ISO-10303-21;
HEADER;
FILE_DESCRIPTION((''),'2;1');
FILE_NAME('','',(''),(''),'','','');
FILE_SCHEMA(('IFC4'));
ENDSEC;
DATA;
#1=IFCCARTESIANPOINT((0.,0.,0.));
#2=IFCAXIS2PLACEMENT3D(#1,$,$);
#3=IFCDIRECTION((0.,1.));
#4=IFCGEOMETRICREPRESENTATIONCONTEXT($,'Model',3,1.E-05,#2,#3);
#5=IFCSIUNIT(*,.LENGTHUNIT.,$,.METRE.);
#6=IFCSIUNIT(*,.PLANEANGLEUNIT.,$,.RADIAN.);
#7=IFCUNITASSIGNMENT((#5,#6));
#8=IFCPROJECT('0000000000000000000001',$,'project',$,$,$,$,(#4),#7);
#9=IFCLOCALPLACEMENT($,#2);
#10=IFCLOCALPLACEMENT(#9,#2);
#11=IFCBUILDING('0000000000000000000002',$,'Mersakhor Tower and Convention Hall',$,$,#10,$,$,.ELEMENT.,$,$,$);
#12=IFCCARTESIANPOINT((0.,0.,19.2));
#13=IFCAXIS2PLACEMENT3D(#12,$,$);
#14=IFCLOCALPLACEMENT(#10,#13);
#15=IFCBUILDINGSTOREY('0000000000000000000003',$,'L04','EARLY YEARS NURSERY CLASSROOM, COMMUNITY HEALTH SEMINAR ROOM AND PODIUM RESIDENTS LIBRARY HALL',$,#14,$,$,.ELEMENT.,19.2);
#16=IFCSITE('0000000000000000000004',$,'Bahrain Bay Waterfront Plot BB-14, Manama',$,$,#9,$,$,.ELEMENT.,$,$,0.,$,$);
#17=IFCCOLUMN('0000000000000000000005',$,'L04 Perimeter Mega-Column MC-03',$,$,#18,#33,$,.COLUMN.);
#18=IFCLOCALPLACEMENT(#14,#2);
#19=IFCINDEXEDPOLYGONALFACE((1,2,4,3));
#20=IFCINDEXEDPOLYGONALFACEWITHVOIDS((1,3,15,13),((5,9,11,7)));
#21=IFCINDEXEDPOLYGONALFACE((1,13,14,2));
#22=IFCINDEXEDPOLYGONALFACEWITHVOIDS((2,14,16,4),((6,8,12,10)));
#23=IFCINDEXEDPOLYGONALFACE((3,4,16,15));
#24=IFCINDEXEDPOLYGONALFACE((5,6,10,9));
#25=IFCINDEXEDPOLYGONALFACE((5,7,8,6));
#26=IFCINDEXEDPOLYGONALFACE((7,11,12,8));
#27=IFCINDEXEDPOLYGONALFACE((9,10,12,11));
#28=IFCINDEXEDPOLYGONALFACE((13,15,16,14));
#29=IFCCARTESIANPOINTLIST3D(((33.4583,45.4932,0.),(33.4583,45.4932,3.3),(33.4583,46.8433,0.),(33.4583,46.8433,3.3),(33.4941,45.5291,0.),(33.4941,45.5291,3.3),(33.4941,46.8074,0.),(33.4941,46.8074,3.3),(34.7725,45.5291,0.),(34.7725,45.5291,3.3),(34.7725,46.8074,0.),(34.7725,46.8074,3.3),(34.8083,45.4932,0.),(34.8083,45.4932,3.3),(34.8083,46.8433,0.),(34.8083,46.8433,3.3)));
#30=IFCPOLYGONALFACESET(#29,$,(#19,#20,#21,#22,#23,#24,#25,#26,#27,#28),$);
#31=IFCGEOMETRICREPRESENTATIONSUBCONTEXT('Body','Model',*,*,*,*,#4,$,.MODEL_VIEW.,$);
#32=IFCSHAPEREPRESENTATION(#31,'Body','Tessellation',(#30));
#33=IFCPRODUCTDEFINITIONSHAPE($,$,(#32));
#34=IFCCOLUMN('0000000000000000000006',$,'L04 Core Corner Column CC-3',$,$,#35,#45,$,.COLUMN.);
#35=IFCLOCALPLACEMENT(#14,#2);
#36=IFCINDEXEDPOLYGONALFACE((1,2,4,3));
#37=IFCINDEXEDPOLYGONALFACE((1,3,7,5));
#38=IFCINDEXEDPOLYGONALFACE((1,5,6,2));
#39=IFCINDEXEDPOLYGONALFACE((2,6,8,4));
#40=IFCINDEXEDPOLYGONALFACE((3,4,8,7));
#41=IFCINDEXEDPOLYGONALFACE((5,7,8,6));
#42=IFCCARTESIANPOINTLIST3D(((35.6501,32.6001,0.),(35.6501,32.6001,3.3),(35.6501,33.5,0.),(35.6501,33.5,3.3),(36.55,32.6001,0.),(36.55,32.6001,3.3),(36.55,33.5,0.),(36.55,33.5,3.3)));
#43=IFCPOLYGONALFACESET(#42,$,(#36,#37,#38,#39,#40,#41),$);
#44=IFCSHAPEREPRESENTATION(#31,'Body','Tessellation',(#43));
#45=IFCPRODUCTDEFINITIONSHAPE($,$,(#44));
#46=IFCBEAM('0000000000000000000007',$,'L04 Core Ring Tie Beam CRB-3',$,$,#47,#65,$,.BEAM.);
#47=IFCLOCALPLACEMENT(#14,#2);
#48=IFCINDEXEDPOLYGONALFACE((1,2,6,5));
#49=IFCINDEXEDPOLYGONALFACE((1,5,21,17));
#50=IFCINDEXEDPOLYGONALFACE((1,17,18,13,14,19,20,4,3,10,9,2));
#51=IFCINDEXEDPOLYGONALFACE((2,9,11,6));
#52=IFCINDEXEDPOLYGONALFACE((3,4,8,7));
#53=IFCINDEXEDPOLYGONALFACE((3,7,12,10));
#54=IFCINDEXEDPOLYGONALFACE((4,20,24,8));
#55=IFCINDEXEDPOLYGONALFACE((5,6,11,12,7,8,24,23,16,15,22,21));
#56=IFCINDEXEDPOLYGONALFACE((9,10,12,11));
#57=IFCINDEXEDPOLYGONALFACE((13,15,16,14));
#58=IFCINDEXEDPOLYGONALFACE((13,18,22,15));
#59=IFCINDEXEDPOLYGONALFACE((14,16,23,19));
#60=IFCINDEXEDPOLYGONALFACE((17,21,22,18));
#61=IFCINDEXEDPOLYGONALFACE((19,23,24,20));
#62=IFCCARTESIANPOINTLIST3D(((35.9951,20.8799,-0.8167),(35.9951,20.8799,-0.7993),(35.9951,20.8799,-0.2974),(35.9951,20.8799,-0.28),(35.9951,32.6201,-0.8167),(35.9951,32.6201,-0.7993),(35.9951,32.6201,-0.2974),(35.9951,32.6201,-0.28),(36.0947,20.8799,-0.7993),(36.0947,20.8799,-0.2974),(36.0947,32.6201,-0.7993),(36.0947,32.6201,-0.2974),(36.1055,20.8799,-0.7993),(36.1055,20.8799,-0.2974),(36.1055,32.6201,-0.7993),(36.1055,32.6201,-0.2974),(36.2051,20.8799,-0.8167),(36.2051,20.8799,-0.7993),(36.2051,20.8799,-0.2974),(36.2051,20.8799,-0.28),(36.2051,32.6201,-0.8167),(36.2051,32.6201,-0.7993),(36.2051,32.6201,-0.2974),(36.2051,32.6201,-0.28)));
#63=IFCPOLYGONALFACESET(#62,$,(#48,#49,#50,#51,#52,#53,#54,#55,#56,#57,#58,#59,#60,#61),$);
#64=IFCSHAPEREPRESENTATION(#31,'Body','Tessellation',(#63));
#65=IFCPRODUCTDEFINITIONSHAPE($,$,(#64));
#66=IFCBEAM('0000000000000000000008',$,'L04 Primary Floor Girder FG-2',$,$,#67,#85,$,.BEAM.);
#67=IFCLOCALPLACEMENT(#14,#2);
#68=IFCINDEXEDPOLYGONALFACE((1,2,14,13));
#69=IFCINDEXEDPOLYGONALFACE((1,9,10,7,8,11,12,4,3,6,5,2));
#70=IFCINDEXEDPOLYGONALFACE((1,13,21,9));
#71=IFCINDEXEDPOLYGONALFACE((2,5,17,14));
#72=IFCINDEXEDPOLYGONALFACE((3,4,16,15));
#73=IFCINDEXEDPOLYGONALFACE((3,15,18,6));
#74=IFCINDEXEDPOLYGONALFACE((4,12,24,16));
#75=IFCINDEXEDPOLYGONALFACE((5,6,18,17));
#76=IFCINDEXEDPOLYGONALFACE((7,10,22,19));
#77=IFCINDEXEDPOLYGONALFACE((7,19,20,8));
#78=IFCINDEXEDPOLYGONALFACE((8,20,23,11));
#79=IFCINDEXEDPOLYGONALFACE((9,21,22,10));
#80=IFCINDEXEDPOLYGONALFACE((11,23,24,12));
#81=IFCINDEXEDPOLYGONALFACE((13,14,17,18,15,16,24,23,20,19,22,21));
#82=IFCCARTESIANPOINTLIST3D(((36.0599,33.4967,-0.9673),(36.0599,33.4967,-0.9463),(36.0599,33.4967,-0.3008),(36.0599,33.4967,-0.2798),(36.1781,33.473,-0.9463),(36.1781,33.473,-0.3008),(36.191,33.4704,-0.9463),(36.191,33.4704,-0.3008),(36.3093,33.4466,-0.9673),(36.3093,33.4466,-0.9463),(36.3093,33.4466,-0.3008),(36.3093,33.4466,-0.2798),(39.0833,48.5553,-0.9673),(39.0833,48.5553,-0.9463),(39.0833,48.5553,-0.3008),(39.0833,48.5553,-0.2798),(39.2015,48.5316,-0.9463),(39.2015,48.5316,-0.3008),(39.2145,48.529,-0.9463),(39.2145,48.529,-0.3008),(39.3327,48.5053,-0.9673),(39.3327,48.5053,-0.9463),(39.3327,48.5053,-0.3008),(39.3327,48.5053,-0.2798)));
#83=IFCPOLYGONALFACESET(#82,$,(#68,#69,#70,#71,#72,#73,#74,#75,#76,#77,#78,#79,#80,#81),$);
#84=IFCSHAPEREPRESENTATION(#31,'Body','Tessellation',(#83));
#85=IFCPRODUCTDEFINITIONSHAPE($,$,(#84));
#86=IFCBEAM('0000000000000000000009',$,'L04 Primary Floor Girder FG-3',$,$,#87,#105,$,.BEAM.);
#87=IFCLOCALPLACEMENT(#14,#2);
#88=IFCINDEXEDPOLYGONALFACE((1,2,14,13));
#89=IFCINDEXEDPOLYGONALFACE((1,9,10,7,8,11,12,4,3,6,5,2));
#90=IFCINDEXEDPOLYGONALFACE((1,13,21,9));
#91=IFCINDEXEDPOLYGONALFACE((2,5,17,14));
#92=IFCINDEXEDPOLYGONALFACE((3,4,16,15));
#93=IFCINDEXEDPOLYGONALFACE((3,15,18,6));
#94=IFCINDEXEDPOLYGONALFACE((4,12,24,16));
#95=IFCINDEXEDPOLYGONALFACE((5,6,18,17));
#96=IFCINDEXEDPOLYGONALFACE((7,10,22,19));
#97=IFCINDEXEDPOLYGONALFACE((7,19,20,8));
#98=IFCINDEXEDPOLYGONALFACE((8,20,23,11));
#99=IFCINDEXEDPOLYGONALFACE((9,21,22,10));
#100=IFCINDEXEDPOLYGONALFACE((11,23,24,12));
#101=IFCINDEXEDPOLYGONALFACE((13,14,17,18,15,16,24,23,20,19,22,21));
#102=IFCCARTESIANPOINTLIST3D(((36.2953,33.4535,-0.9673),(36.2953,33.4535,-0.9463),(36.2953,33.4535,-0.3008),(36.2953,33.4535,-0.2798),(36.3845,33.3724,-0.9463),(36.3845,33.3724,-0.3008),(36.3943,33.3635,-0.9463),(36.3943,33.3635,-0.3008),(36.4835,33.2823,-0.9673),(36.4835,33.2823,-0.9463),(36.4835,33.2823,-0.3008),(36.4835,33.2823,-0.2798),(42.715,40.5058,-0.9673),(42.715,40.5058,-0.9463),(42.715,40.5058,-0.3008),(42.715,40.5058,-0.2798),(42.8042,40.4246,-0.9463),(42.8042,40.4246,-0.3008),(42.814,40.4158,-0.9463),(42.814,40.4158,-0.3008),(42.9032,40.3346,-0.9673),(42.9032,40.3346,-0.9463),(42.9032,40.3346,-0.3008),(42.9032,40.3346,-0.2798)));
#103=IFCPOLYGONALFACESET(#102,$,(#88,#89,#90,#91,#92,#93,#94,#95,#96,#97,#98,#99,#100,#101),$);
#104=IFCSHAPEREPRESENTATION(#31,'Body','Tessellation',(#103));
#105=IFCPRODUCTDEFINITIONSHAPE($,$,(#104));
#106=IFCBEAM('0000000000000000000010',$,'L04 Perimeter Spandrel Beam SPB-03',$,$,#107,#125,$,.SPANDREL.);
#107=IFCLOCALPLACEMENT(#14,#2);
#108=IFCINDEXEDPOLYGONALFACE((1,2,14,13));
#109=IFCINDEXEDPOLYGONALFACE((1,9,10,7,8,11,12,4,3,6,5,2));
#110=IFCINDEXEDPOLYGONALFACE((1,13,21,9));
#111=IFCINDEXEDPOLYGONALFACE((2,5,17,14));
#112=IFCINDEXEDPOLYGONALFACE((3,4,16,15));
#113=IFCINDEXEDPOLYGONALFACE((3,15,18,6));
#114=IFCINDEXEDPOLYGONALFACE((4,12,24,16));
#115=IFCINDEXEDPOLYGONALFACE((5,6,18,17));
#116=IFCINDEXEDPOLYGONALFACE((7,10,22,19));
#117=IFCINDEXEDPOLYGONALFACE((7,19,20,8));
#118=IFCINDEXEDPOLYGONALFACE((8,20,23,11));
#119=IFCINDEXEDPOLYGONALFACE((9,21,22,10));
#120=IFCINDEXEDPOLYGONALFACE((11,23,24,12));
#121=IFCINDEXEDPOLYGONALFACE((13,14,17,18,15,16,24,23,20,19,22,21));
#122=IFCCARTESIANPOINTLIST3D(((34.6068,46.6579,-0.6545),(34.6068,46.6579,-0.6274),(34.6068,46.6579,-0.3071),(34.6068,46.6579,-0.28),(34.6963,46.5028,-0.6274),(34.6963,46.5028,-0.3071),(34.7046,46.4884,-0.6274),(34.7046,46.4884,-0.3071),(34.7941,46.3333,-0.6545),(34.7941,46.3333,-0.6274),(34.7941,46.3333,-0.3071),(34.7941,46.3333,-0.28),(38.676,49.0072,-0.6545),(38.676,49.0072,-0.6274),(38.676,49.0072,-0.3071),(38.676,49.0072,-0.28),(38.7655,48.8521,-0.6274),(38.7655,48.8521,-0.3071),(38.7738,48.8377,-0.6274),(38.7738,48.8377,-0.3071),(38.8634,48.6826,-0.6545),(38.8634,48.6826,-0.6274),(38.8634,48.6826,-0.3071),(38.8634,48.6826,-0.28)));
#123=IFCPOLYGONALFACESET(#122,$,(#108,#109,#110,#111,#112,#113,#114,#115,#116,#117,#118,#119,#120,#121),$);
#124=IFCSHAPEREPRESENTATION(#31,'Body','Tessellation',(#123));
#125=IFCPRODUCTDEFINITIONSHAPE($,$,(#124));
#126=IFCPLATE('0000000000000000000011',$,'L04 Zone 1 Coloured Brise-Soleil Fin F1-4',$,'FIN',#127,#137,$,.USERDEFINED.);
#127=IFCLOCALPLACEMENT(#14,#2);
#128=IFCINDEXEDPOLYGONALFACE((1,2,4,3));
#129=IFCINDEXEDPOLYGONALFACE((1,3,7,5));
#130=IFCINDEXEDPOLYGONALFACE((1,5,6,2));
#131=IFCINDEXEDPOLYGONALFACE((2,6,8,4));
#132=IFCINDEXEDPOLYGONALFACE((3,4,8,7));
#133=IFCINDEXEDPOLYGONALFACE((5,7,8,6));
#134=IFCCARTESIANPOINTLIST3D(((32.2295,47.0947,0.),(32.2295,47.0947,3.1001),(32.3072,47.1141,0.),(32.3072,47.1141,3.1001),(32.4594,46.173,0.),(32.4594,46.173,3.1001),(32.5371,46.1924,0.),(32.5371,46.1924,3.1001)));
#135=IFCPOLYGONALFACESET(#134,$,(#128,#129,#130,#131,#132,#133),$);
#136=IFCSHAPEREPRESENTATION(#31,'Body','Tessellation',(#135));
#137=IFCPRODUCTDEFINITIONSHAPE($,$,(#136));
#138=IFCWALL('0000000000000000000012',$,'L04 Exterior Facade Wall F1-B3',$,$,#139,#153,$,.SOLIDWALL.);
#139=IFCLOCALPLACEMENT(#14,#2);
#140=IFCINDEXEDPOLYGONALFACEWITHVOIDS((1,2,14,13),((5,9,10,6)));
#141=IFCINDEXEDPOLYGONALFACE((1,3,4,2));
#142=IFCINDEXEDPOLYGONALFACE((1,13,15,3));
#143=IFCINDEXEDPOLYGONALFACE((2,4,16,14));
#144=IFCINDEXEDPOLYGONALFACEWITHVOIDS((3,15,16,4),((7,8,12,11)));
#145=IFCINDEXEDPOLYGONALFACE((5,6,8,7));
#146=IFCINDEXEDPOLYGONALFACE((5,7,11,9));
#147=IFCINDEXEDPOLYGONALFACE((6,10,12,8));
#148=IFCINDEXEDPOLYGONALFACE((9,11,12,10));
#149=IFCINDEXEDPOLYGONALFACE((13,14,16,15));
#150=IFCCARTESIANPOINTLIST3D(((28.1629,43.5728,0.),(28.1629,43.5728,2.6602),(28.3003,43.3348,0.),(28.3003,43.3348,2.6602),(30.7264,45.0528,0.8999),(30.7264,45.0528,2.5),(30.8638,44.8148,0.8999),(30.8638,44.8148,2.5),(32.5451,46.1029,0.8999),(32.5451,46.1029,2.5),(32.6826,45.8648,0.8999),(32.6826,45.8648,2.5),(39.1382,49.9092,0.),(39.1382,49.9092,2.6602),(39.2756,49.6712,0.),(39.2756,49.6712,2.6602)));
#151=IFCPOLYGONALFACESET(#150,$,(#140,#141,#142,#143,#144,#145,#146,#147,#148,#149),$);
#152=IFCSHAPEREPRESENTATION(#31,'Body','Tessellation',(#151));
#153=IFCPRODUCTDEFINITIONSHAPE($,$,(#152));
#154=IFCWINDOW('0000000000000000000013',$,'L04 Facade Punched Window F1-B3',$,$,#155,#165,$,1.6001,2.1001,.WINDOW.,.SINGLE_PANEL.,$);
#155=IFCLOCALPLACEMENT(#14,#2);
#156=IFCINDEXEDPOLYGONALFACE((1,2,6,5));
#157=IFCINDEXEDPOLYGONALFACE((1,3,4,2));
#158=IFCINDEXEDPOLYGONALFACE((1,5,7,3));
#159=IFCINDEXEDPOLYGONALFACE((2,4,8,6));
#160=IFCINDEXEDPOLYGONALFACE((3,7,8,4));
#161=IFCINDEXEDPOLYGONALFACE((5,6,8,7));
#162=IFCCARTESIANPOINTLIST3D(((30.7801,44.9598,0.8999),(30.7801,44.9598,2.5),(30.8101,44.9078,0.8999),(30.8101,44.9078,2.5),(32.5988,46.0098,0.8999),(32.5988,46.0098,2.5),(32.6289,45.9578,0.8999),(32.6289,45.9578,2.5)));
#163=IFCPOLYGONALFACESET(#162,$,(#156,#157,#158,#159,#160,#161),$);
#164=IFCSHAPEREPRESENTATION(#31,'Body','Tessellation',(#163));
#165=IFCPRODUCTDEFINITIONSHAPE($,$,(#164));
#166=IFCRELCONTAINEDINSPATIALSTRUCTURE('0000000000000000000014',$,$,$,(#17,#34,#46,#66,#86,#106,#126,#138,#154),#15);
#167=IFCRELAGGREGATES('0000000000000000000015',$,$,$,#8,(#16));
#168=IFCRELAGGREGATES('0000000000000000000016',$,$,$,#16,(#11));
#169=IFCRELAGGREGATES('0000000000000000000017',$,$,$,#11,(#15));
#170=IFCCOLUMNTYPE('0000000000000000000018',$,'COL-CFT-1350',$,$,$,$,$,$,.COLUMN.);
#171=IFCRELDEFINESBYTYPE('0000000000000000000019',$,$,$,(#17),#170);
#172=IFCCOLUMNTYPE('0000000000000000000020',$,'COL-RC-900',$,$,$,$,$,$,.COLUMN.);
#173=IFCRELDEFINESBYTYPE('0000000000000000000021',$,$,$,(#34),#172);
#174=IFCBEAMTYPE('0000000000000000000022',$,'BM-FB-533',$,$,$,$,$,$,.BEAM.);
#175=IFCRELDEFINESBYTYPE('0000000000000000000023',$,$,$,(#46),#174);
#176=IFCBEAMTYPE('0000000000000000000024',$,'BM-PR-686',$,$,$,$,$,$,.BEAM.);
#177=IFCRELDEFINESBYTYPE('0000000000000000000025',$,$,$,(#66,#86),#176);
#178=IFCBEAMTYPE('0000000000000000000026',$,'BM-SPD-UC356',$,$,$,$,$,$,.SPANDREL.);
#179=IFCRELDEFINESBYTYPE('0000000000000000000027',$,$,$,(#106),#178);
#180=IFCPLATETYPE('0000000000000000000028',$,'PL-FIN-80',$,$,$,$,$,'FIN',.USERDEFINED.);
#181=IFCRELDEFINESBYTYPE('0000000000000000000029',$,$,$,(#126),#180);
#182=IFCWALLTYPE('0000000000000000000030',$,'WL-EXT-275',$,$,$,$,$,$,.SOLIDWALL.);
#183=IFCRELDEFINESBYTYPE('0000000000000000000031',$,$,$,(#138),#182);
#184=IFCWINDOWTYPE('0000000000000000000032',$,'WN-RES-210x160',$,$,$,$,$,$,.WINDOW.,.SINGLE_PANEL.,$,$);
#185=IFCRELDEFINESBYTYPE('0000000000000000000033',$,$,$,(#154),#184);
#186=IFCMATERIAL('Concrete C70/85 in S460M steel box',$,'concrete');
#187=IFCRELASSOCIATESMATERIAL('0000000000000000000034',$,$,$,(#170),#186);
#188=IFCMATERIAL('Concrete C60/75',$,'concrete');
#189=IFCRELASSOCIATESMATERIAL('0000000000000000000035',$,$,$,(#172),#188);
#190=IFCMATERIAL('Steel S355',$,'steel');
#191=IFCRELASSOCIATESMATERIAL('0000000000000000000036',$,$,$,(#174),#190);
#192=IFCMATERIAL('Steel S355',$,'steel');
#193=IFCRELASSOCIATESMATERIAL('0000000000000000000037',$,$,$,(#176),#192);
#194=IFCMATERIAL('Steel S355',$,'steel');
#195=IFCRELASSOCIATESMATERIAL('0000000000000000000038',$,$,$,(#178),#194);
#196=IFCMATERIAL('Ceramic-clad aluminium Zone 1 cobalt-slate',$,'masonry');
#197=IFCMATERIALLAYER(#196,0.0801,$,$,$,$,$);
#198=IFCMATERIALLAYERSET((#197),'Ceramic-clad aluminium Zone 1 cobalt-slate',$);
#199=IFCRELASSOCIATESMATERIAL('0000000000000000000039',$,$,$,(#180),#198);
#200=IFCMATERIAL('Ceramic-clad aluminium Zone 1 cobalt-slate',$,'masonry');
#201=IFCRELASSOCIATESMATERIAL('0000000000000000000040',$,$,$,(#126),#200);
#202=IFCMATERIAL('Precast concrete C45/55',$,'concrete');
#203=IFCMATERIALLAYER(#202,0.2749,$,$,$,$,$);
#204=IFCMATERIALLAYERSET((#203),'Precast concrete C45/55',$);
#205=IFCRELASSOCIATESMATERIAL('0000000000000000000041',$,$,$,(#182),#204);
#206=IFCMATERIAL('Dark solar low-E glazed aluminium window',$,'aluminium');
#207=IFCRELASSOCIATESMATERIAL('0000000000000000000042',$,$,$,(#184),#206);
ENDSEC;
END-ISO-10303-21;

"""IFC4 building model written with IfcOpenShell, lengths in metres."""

from ifc_helpers import new_model, si_unit, direction, frame, frame_2d, origin, origin_2d, place, context, subcontext, project, spatial, rectangle, hollow_rectangle, i_section, extrude, material, layer, layer_set, material_profile, profile_set, type_object, element, fill, save


model = new_model("IFC4")

# Units and contexts
model_context = context("Model", 3, precision=1e-05, world=origin(), true_north=direction((0.0, 1.0)))
body_context = subcontext(model_context, "Body", "Model", "MODEL_VIEW")
ifc_project = project(units=[si_unit("LENGTHUNIT", "METRE"), si_unit("PLANEANGLEUNIT", "RADIAN")], contexts=[model_context])

# Site, building, storey
site_placement = place(None, origin())
site = spatial("IfcSite", under=ifc_project, at=site_placement, Name="Bahrain Bay Waterfront Plot BB-14, Manama", CompositionType="ELEMENT", RefElevation=0.0)
building_placement = place(site_placement, origin())
building = spatial("IfcBuilding", under=site, at=building_placement, Name="Mersakhor Tower and Convention Hall", CompositionType="ELEMENT")
storey_placement = place(building_placement, frame((0.0, 0.0, 19.2)))
storey = spatial("IfcBuildingStorey", under=building, at=storey_placement, Name="L04", Description="EARLY YEARS NURSERY CLASSROOM, COMMUNITY HEALTH SEMINAR ROOM AND PODIUM RESIDENTS LIBRARY HALL", CompositionType="ELEMENT", Elevation=19.2)

# Columns
ifc_material_1 = material(Name="Concrete C70/85 in S460M steel box", Category="concrete")
ifc_material_profile_1 = material_profile(ifc_material_1, hollow_rectangle(XDim=1.3501, YDim=1.3501, WallThickness=0.0359, at=origin_2d()), Name="SHS 1350x1350x36")
ifc_profile_set_1 = profile_set([ifc_material_profile_1], Name="Concrete C70/85 in S460M steel box")
column_type_1 = type_object("IfcColumnType", Name="COL-CFT-1350", PredefinedType="COLUMN", material=ifc_profile_set_1)
column_1_placement = place(storey_placement, frame((34.1333, 46.1682, 0.0), z_axis=(0.0, 0.0, 1.0), x_axis=(1.0, 0.0, 0.0)))
element("IfcColumn", 1, at=column_1_placement, inside=storey, type_object=column_type_1, Name="L04 Perimeter Mega-Column MC-03", PredefinedType="COLUMN", context=body_context, shape_type="SweptSolid", body=[
    extrude(hollow_rectangle(XDim=1.3501, YDim=1.3501, WallThickness=0.0359, at=origin_2d()), origin(), (0.0, 0.0, 1.0), 3.3),
])
ifc_material_2 = material(Name="Concrete C60/75", Category="concrete")
ifc_material_profile_2 = material_profile(ifc_material_2, rectangle(XDim=0.8999, YDim=0.8999, at=origin_2d()), Name="RC 900x900")
ifc_profile_set_2 = profile_set([ifc_material_profile_2], Name="Concrete C60/75")
column_type_2 = type_object("IfcColumnType", Name="COL-RC-900", PredefinedType="COLUMN", material=ifc_profile_set_2)
column_2_placement = place(storey_placement, frame((36.1001, 33.05, 0.0), z_axis=(0.0, 0.0, 1.0), x_axis=(1.0, 0.0, 0.0)))
element("IfcColumn", 2, at=column_2_placement, inside=storey, type_object=column_type_2, Name="L04 Core Corner Column CC-3", PredefinedType="COLUMN", context=body_context, shape_type="SweptSolid", body=[
    extrude(rectangle(XDim=0.8999, YDim=0.8999, at=origin_2d()), origin(), (0.0, 0.0, 1.0), 3.3),
])

# Beams
ifc_material_3 = material(Name="Steel S355", Category="steel")
ifc_material_profile_3 = material_profile(ifc_material_3, i_section(OverallWidth=0.21, OverallDepth=0.5366, WebThickness=0.0107, FlangeThickness=0.0173, at=origin_2d()), Name="UB 533x210x101")
ifc_profile_set_3 = profile_set([ifc_material_profile_3], Name="Steel S355")
beam_type_1 = type_object("IfcBeamType", Name="BM-FB-533", PredefinedType="BEAM", material=ifc_profile_set_3)
beam_1_placement = place(storey_placement, frame((36.1001, 32.6201, -0.5483), z_axis=(0.0, -1.0, 0.0), x_axis=(1.0, 0.0, 0.0)))
element("IfcBeam", 3, at=beam_1_placement, inside=storey, type_object=beam_type_1, Name="L04 Core Ring Tie Beam CRB-3", PredefinedType="BEAM", context=body_context, shape_type="SweptSolid", body=[
    extrude(i_section(OverallWidth=0.21, OverallDepth=0.5366, WebThickness=0.0107, FlangeThickness=0.0173, at=origin_2d()), origin(), (0.0, 0.0, 1.0), 11.7402),
])
ifc_material_4 = material(Name="Steel S355", Category="steel")
ifc_material_profile_4 = material_profile(ifc_material_4, i_section(OverallWidth=0.2544, OverallDepth=0.6875, WebThickness=0.0132, FlangeThickness=0.021, at=origin_2d()), Name="UB 686x254x152")
ifc_profile_set_4 = profile_set([ifc_material_profile_4], Name="Steel S355")
beam_type_2 = type_object("IfcBeamType", Name="BM-PR-686", PredefinedType="BEAM", material=ifc_profile_set_4)
beam_2_placement = place(storey_placement, frame((36.1846, 33.4717, -0.6235), z_axis=(0.19685, 0.980434, 0.0), x_axis=(-0.980434, 0.19685, 0.0)))
element("IfcBeam", 4, at=beam_2_placement, inside=storey, type_object=beam_type_2, Name="L04 Primary Floor Girder FG-2", PredefinedType="BEAM", context=body_context, shape_type="SweptSolid", body=[
    extrude(i_section(OverallWidth=0.2544, OverallDepth=0.6875, WebThickness=0.0132, FlangeThickness=0.021, at=origin_2d()), origin(), (0.0, 0.0, 1.0), 15.3591),
])
beam_3_placement = place(storey_placement, frame((36.3894, 33.3679, -0.6235), z_axis=(0.673163, 0.739494, 0.0), x_axis=(-0.739494, 0.673163, 0.0)))
element("IfcBeam", 5, at=beam_3_placement, inside=storey, type_object=beam_type_2, Name="L04 Primary Floor Girder FG-3", PredefinedType="BEAM", context=body_context, shape_type="SweptSolid", body=[
    extrude(i_section(OverallWidth=0.2544, OverallDepth=0.6875, WebThickness=0.0132, FlangeThickness=0.021, at=origin_2d()), origin(), (0.0, 0.0, 1.0), 9.5366),
])
ifc_material_5 = material(Name="Steel S355", Category="steel")
ifc_material_profile_5 = material_profile(ifc_material_5, i_section(OverallWidth=0.3748, OverallDepth=0.3745, WebThickness=0.0166, FlangeThickness=0.0271, at=origin_2d()), Name="UC 356x368x202")
ifc_profile_set_5 = profile_set([ifc_material_profile_5], Name="Steel S355")
beam_type_3 = type_object("IfcBeamType", Name="BM-SPD-UC356", PredefinedType="SPANDREL", material=ifc_profile_set_5)
beam_4_placement = place(storey_placement, frame((34.7004, 46.4956, -0.4673), z_axis=(0.866032, 0.499989, 0.0), x_axis=(-0.499989, 0.866032, 0.0)))
element("IfcBeam", 6, at=beam_4_placement, inside=storey, type_object=beam_type_3, Name="L04 Perimeter Spandrel Beam SPB-03", PredefinedType="SPANDREL", context=body_context, shape_type="SweptSolid", body=[
    extrude(i_section(OverallWidth=0.3748, OverallDepth=0.3745, WebThickness=0.0166, FlangeThickness=0.0271, at=origin_2d()), origin(), (0.0, 0.0, 1.0), 4.6987),
])

# Plate
ifc_material_6 = material(Name="Ceramic-clad aluminium Zone 1 cobalt-slate", Category="masonry")
ifc_material_7 = material(Name="Ceramic-clad aluminium Zone 1 cobalt-slate", Category="masonry")
ifc_layer_1 = layer(ifc_material_7, 0.0801)
ifc_layer_set_1 = layer_set([ifc_layer_1], Name="Ceramic-clad aluminium Zone 1 cobalt-slate")
plate_type = type_object("IfcPlateType", Name="PL-FIN-80", ElementType="FIN", PredefinedType="USERDEFINED", material=ifc_layer_set_1)
plate_placement = place(storey_placement, frame((32.3833, 46.6436, 0.0), z_axis=(0.0, 0.0, 1.0), x_axis=(-0.241922, 0.970296, 0.0)))
element("IfcPlate", 7, at=plate_placement, inside=storey, type_object=plate_type, material=ifc_material_6, Name="L04 Zone 1 Coloured Brise-Soleil Fin F1-4", ObjectType="FIN", PredefinedType="USERDEFINED", context=body_context, shape_type="SweptSolid", body=[
    extrude(rectangle(XDim=0.95, YDim=0.0801, at=origin_2d()), origin(), (0.0, 0.0, 1.0), 3.1001),
])

# Wall, opening, window
ifc_material_8 = material(Name="Precast concrete C45/55", Category="concrete")
ifc_layer_2 = layer(ifc_material_8, 0.2749)
ifc_layer_set_2 = layer_set([ifc_layer_2], Name="Precast concrete C45/55")
wall_type_1 = type_object("IfcWallType", Name="WL-EXT-275", PredefinedType="SOLIDWALL", material=ifc_layer_set_2)
wall_1_placement = place(storey_placement, frame((28.2317, 43.4539, 0.0), z_axis=(0.0, 0.0, 1.0), x_axis=(0.866032, 0.499989, 0.0)))
wall_1 = element("IfcWall", 8, at=wall_1_placement, inside=storey, type_object=wall_type_1, Name="L04 Exterior Facade Wall F1-B3", PredefinedType="SOLIDWALL", context=body_context, shape_type="SweptSolid", body=[
    extrude(rectangle(XDim=12.6731, YDim=0.2749, at=frame_2d((6.3364, 0.0))), origin(), (0.0, 0.0, 1.0), 2.6602),
])
opening_1_placement = place(wall_1_placement, frame((2.96, 0.0, 0.8999)))
opening_1 = element("IfcOpeningElement", 9, at=opening_1_placement, cuts=wall_1, PredefinedType="OPENING", context=body_context, shape_type="SweptSolid", body=[
    extrude(rectangle(XDim=2.1001, YDim=1.6001, at=frame_2d((1.05, 0.8))), frame((0.0, 0.1475, 0.0), z_axis=(0.0, -1.0, 0.0), x_axis=(1.0, 0.0, 0.0)), (0.0, 0.0, 1.0), 0.2949),
])
ifc_material_9 = material(Name="Dark solar low-E glazed aluminium window", Category="aluminium")
window_type = type_object("IfcWindowType", Name="WN-RES-210x160", PartitioningType="SINGLE_PANEL", PredefinedType="WINDOW", material=ifc_material_9)
window_placement = place(opening_1_placement, origin())
window = element("IfcWindow", 10, at=window_placement, inside=storey, type_object=window_type, Name="L04 Facade Punched Window F1-B3", OverallHeight=1.6001, OverallWidth=2.1001, PartitioningType="SINGLE_PANEL", PredefinedType="WINDOW", context=body_context, shape_type="SweptSolid", body=[
    extrude(rectangle(XDim=2.1001, YDim=1.6001, at=frame_2d((1.05, 0.8))), frame((0.0, 0.03, 0.0), z_axis=(0.0, -1.0, 0.0), x_axis=(1.0, 0.0, 0.0)), (0.0, 0.0, 1.0), 0.0601),
])
fill(opening_1, window)

save(model, "model.ifc")
